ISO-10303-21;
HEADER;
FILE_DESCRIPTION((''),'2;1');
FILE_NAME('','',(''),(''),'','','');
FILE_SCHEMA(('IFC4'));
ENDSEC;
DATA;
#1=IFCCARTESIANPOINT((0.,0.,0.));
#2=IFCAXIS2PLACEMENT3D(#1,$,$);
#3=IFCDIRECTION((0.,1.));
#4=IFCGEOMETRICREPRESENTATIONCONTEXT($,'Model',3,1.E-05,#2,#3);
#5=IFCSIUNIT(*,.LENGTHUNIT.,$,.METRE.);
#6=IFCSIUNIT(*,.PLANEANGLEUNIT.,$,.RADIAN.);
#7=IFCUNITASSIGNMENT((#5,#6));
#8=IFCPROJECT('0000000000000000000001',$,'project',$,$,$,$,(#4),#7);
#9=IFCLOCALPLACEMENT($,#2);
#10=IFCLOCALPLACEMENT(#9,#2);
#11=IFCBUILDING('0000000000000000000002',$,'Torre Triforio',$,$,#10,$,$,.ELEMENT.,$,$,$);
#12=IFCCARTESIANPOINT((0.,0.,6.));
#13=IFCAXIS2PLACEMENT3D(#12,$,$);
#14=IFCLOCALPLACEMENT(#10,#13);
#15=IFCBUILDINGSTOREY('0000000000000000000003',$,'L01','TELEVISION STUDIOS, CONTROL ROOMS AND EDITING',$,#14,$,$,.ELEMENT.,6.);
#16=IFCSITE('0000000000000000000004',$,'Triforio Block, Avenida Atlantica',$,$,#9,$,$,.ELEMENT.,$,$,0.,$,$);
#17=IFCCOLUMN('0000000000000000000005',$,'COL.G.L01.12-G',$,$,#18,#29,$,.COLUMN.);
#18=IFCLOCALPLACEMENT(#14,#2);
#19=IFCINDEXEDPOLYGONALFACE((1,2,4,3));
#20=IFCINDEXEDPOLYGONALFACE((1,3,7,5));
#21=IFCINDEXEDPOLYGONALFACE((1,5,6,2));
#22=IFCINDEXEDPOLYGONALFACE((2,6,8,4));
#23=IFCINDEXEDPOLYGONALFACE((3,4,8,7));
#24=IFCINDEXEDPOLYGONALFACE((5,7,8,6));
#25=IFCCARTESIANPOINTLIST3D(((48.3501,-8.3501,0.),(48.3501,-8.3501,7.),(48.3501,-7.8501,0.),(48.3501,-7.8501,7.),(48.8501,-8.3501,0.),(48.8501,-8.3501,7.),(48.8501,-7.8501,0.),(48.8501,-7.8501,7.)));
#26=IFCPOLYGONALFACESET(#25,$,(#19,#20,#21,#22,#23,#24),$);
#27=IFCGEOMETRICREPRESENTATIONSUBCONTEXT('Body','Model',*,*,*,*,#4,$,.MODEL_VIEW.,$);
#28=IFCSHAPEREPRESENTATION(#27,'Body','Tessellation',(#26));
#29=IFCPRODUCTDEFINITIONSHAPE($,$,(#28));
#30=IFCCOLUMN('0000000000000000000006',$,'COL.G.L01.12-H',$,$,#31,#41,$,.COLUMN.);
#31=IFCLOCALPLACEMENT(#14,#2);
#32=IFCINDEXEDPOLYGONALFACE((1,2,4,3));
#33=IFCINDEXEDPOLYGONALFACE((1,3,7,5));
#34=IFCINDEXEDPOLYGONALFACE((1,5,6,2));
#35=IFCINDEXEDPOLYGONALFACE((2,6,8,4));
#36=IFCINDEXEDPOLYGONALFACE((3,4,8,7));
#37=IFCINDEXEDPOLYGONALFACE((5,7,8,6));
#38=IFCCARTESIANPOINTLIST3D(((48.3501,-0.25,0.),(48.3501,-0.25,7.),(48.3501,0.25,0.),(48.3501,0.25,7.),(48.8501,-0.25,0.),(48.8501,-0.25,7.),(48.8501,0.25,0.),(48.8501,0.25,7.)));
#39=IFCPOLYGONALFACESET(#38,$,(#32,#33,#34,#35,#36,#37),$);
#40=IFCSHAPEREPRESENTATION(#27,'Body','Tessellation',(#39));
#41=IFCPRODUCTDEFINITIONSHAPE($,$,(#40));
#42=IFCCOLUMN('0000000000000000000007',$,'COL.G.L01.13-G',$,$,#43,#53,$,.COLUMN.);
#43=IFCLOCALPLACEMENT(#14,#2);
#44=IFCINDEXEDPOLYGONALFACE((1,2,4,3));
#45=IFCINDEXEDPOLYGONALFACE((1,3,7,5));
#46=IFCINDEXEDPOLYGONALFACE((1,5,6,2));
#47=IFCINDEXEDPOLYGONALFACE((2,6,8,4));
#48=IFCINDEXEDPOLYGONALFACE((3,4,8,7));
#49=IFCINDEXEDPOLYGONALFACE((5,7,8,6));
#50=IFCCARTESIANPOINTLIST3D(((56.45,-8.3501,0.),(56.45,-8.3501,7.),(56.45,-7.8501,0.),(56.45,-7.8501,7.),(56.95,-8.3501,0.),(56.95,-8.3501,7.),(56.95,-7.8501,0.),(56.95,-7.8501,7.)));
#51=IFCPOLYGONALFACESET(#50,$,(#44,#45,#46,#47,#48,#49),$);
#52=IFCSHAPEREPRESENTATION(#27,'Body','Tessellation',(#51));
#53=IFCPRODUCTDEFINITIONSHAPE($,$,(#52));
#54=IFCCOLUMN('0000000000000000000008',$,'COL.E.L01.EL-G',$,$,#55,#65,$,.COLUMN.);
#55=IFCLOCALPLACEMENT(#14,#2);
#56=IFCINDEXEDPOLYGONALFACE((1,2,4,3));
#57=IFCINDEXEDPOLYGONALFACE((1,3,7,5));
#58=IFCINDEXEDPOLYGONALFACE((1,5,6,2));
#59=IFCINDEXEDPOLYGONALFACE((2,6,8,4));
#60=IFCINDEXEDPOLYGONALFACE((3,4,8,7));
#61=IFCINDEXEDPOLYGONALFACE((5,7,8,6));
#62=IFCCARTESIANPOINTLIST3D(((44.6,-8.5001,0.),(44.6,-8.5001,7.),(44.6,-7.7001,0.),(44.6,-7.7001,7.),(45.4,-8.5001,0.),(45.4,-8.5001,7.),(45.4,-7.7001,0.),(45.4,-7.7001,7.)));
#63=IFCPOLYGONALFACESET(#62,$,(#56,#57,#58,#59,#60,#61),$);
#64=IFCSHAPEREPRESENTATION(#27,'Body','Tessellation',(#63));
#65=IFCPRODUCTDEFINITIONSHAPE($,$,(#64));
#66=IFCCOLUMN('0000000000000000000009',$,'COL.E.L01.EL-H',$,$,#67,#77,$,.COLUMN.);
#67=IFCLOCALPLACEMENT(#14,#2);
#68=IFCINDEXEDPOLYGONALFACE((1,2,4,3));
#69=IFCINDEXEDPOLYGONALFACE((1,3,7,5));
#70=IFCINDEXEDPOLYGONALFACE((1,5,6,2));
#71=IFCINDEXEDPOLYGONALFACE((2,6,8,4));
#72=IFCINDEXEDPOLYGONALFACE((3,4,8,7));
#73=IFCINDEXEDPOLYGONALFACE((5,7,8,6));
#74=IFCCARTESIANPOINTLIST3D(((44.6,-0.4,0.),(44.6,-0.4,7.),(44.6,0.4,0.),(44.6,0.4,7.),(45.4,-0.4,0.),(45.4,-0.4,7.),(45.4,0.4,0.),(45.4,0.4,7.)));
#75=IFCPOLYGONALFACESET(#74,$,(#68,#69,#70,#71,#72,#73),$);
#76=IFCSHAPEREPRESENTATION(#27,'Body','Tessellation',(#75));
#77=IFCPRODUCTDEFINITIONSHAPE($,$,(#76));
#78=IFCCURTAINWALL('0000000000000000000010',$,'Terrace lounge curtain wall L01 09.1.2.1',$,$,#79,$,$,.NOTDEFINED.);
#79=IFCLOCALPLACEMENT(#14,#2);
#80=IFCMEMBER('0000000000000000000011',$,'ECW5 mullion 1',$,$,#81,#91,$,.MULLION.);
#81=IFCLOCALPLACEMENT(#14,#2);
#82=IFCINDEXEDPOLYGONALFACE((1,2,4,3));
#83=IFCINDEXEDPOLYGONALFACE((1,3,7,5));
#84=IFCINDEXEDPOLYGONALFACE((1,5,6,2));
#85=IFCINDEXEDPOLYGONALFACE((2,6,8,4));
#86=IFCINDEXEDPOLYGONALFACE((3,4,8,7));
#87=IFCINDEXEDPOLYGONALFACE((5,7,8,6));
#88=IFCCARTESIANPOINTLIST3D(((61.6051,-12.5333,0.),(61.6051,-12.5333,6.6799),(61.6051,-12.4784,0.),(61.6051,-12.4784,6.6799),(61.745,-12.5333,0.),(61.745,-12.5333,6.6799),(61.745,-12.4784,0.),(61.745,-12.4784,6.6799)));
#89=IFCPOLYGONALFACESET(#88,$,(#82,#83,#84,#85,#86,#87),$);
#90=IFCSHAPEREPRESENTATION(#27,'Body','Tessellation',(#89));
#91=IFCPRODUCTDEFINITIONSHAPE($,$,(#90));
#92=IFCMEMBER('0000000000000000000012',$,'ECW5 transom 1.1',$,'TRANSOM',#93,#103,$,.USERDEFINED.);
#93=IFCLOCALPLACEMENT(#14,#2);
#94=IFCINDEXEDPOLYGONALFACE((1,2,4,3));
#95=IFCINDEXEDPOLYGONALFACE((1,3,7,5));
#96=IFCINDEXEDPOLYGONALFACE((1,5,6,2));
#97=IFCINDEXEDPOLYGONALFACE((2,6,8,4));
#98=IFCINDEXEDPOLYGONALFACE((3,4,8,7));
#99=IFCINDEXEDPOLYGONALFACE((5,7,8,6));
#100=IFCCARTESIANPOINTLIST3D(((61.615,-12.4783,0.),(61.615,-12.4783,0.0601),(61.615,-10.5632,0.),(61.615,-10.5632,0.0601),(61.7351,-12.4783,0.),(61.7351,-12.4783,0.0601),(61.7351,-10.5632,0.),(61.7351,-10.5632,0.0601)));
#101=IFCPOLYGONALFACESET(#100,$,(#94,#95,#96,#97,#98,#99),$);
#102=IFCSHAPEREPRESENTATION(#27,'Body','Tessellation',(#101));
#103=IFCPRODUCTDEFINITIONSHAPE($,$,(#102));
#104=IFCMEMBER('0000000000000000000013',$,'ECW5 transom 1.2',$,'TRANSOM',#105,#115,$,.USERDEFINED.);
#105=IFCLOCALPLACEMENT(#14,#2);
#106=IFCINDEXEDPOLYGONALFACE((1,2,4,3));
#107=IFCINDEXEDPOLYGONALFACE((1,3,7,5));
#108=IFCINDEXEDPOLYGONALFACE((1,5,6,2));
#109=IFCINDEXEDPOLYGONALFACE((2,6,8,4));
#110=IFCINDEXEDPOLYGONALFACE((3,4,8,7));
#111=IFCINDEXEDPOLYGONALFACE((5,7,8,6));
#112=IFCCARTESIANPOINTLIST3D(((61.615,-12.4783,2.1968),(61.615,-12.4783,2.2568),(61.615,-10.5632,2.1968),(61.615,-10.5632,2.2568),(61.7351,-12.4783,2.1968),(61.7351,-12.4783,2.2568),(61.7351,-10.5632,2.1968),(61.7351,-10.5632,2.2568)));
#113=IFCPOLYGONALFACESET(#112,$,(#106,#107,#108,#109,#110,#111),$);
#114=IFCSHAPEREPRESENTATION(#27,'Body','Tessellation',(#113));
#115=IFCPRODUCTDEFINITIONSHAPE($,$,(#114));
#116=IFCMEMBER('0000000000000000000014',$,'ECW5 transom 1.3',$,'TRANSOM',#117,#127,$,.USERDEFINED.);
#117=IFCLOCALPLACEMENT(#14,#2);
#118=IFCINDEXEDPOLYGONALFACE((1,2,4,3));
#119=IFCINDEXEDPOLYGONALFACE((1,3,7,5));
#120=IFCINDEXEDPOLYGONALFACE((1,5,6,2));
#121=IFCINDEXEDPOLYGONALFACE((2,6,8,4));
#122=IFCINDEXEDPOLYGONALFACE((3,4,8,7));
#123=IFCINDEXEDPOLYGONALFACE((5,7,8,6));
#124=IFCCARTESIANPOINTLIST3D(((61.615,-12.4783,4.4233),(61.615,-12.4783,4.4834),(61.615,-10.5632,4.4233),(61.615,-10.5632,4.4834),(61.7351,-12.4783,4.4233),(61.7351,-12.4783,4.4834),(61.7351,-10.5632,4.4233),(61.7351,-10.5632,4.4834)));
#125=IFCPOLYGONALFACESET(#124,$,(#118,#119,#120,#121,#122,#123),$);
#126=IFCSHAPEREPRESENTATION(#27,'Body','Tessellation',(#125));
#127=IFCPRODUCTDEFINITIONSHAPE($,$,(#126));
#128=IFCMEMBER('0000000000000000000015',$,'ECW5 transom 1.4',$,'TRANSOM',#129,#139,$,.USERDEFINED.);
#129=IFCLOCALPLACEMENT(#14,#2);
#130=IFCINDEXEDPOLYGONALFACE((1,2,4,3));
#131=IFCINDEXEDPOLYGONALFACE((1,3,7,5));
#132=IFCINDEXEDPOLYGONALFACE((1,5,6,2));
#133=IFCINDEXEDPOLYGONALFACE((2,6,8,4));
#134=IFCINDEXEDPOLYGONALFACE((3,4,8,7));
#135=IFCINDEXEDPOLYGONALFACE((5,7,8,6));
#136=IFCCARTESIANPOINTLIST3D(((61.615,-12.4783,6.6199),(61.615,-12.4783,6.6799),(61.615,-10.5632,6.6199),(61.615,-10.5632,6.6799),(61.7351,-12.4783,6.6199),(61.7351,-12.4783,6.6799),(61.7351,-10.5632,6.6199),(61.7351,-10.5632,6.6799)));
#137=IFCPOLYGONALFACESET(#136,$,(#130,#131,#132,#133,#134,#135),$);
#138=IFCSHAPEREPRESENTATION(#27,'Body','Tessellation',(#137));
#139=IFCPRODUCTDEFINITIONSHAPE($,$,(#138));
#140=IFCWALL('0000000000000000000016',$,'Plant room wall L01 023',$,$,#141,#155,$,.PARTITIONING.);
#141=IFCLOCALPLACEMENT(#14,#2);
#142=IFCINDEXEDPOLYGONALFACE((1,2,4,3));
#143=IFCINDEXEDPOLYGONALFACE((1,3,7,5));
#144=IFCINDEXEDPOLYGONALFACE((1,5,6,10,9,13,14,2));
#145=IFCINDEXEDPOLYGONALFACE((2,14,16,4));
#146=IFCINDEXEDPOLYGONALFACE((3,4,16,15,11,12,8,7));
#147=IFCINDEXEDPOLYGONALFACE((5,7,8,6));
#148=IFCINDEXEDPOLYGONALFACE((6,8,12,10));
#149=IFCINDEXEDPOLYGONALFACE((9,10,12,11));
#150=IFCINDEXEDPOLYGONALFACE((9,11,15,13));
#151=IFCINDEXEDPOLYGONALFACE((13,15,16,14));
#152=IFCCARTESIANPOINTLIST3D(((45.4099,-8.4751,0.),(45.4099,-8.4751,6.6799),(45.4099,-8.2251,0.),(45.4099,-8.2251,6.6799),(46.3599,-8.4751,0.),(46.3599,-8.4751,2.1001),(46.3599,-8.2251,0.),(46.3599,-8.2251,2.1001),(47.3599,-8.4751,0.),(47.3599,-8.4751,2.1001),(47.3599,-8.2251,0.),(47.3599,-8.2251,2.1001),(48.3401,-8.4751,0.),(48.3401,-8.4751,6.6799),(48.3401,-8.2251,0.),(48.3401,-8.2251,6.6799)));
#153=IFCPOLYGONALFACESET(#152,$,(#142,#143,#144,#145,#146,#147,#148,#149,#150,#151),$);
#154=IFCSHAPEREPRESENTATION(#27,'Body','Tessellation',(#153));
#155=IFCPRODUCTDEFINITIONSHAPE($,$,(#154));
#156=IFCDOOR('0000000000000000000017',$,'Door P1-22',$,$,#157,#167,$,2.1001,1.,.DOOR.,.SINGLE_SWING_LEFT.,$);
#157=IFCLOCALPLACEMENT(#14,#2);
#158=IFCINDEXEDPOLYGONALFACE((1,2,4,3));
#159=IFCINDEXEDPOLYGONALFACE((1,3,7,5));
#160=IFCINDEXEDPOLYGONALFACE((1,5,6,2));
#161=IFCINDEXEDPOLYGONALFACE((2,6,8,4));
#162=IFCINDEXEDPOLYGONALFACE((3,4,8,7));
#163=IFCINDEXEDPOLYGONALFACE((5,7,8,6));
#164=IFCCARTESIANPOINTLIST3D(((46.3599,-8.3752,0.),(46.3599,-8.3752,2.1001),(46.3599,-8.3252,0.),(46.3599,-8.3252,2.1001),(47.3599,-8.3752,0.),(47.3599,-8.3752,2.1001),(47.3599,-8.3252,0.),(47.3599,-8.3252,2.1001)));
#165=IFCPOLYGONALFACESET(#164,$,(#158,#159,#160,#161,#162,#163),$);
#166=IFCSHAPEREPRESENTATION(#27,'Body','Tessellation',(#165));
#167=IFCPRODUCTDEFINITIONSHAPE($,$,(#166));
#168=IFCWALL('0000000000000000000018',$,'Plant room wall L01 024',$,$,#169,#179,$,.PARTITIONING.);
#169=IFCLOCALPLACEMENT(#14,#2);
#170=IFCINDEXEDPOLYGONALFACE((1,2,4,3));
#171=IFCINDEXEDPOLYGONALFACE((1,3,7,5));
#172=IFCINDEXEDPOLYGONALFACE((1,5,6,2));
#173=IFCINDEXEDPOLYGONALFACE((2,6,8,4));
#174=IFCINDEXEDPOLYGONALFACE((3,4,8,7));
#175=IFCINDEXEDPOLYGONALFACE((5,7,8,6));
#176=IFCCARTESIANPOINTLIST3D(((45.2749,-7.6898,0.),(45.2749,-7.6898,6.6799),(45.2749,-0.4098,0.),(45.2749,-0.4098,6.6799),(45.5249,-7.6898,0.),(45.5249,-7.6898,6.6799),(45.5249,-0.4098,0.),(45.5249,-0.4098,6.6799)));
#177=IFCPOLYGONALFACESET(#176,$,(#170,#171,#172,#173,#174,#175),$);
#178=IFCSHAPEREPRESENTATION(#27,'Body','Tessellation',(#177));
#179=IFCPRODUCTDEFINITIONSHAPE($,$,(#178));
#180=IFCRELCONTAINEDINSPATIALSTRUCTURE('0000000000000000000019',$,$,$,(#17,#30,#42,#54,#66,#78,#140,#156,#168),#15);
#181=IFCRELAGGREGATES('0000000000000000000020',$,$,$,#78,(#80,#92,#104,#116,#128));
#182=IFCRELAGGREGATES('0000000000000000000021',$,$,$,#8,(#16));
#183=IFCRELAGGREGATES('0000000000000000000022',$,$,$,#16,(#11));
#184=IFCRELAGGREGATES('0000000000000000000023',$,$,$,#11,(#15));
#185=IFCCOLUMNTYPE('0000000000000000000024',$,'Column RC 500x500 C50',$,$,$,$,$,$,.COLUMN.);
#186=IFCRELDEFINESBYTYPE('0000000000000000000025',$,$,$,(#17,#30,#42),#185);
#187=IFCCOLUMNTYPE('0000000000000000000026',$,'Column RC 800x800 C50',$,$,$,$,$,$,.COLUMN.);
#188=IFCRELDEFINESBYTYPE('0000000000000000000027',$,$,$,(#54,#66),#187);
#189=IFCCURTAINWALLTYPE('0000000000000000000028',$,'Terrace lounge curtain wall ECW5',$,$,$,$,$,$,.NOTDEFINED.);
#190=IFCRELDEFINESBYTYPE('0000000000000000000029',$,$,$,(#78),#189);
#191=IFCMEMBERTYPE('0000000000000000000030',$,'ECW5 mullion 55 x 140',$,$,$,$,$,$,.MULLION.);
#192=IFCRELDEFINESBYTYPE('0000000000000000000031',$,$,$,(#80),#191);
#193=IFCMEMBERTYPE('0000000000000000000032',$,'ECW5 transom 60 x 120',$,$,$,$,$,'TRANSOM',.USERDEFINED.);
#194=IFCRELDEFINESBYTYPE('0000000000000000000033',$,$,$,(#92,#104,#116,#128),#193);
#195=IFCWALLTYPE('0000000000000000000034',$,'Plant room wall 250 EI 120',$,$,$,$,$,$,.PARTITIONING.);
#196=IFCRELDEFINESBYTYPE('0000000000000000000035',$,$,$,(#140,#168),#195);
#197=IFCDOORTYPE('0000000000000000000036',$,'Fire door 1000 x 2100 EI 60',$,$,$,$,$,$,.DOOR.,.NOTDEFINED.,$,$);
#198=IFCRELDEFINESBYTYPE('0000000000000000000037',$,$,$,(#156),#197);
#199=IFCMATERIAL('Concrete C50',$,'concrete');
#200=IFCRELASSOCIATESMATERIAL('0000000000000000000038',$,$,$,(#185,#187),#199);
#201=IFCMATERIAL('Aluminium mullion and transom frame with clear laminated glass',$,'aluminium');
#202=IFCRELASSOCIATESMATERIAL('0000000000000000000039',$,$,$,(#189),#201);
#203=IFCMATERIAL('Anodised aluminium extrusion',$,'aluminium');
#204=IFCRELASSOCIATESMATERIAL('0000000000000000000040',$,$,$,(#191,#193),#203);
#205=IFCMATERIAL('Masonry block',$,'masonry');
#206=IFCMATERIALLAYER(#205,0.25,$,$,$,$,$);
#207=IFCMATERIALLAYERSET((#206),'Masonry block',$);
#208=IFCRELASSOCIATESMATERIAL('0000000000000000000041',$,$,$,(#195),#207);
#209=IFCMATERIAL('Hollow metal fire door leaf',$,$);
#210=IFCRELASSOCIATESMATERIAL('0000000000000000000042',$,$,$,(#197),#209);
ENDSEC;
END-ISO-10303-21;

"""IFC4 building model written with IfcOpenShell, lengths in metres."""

from ifc_helpers import new_model, si_unit, direction, frame, frame_2d, origin, origin_2d, place, context, subcontext, project, spatial, rectangle, extrude, material, layer, layer_set, material_profile, profile_set, type_object, element, fill, aggregate, save


model = new_model("IFC4")

# Units and contexts
model_context = context("Model", 3, precision=1e-05, world=origin(), true_north=direction((0.0, 1.0)))
body_context = subcontext(model_context, "Body", "Model", "MODEL_VIEW")
ifc_project = project(units=[si_unit("LENGTHUNIT", "METRE"), si_unit("PLANEANGLEUNIT", "RADIAN")], contexts=[model_context])

# Site, building, storey
site_placement = place(None, origin())
site = spatial("IfcSite", under=ifc_project, at=site_placement, Name="Triforio Block, Avenida Atlantica", CompositionType="ELEMENT", RefElevation=0.0)
building_placement = place(site_placement, origin())
building = spatial("IfcBuilding", under=site, at=building_placement, Name="Torre Triforio", CompositionType="ELEMENT")
storey_placement = place(building_placement, frame((0.0, 0.0, 6.0)))
storey = spatial("IfcBuildingStorey", under=building, at=storey_placement, Name="L01", Description="TELEVISION STUDIOS, CONTROL ROOMS AND EDITING", CompositionType="ELEMENT", Elevation=6.0)

# Columns
ifc_material_1 = material(Name="Concrete C50", Category="concrete")
ifc_material_profile_1 = material_profile(ifc_material_1, rectangle(XDim=0.5, YDim=0.5, at=origin_2d()), Name="RC 500x500")
ifc_profile_set_1 = profile_set([ifc_material_profile_1], Name="Concrete C50")
column_type_1 = type_object("IfcColumnType", Name="Column RC 500x500 C50", PredefinedType="COLUMN", material=ifc_profile_set_1)
for number, where, z_axis, x_axis, name in (
    (1, (48.6001, -8.1001, 0.0), (0.0, 0.0, 1.0), (1.0, 0.0, 0.0), "COL.G.L01.12-G"),
    (2, (48.6001, 0.0, 0.0), (0.0, 0.0, 1.0), (1.0, 0.0, 0.0), "COL.G.L01.12-H"),
    (3, (56.7, -8.1001, 0.0), (0.0, 0.0, 1.0), (1.0, 0.0, 0.0), "COL.G.L01.13-G"),
):
    element("IfcColumn", number, at=place(storey_placement, frame(where, z_axis=z_axis, x_axis=x_axis)), inside=storey, type_object=column_type_1, Name=name, PredefinedType="COLUMN", context=body_context, shape_type="SweptSolid", body=[
        extrude(rectangle(XDim=0.5, YDim=0.5, at=origin_2d()), origin(), (0.0, 0.0, 1.0), 7.0),
    ])
ifc_material_profile_2 = material_profile(ifc_material_1, rectangle(XDim=0.8, YDim=0.8, at=origin_2d()), Name="RC 800x800")
ifc_profile_set_2 = profile_set([ifc_material_profile_2], Name="Concrete C50")
column_type_2 = type_object("IfcColumnType", Name="Column RC 800x800 C50", PredefinedType="COLUMN", material=ifc_profile_set_2)
for number, where, z_axis, x_axis, name in (
    (4, (45.0, -8.1001, 0.0), (0.0, 0.0, 1.0), (1.0, 0.0, 0.0), "COL.E.L01.EL-G"),
    (5, (45.0, 0.0, 0.0), (0.0, 0.0, 1.0), (1.0, 0.0, 0.0), "COL.E.L01.EL-H"),
):
    element("IfcColumn", number, at=place(storey_placement, frame(where, z_axis=z_axis, x_axis=x_axis)), inside=storey, type_object=column_type_2, Name=name, PredefinedType="COLUMN", context=body_context, shape_type="SweptSolid", body=[
        extrude(rectangle(XDim=0.8, YDim=0.8, at=origin_2d()), origin(), (0.0, 0.0, 1.0), 7.0),
    ])

# Curtain wall, members
ifc_material_2 = material(Name="Aluminium mullion and transom frame with clear laminated glass", Category="aluminium")
curtain_wall_type = type_object("IfcCurtainWallType", Name="Terrace lounge curtain wall ECW5", PredefinedType="NOTDEFINED", material=ifc_material_2)
curtain_wall_placement = place(storey_placement, origin())
curtain_wall = element("IfcCurtainWall", 6, at=curtain_wall_placement, inside=storey, type_object=curtain_wall_type, Name="Terrace lounge curtain wall L01 09.1.2.1", PredefinedType="NOTDEFINED")
ifc_material_3 = material(Name="Anodised aluminium extrusion", Category="aluminium")
ifc_material_profile_3 = material_profile(ifc_material_3, rectangle(XDim=0.1399, YDim=0.0549, at=origin_2d()), Name="ECW5 MULLION 55x140")
ifc_profile_set_3 = profile_set([ifc_material_profile_3], Name="Anodised aluminium extrusion")
member_type_1 = type_object("IfcMemberType", Name="ECW5 mullion 55 x 140", PredefinedType="MULLION", material=ifc_profile_set_3)
member_1_placement = place(storey_placement, frame((61.675, -12.5059, 0.0), z_axis=(0.0, 0.0, 1.0), x_axis=(-1.0, 0.0, 0.0)))
member_1 = element("IfcMember", 7, at=member_1_placement, type_object=member_type_1, Name="ECW5 mullion 1", PredefinedType="MULLION", context=body_context, shape_type="SweptSolid", body=[
    extrude(rectangle(XDim=0.1399, YDim=0.0549, at=origin_2d()), origin(), (0.0, 0.0, 1.0), 6.6799),
])
ifc_material_profile_4 = material_profile(ifc_material_3, rectangle(XDim=0.1201, YDim=0.0601, at=origin_2d()), Name="ECW5 TRANSOM 60x120")
ifc_profile_set_4 = profile_set([ifc_material_profile_4], Name="Anodised aluminium extrusion")
member_type_2 = type_object("IfcMemberType", Name="ECW5 transom 60 x 120", ElementType="TRANSOM", PredefinedType="USERDEFINED", material=ifc_profile_set_4)
member_2_placement = place(storey_placement, frame((61.675, -12.4783, 0.03), z_axis=(0.0, 1.0, 0.0), x_axis=(-1.0, 0.0, 0.0)))
member_2 = element("IfcMember", 8, at=member_2_placement, type_object=member_type_2, Name="ECW5 transom 1.1", ObjectType="TRANSOM", PredefinedType="USERDEFINED", context=body_context, shape_type="SweptSolid", body=[
    extrude(rectangle(XDim=0.1201, YDim=0.0601, at=origin_2d()), origin(), (0.0, 0.0, 1.0), 1.915),
])
member_3_placement = place(storey_placement, frame((61.675, -12.4783, 2.2268), z_axis=(0.0, 1.0, 0.0), x_axis=(-1.0, 0.0, 0.0)))
member_3 = element("IfcMember", 9, at=member_3_placement, type_object=member_type_2, Name="ECW5 transom 1.2", ObjectType="TRANSOM", PredefinedType="USERDEFINED", context=body_context, shape_type="SweptSolid", body=[
    extrude(rectangle(XDim=0.1201, YDim=0.0601, at=origin_2d()), origin(), (0.0, 0.0, 1.0), 1.915),
])
member_4_placement = place(storey_placement, frame((61.675, -12.4783, 4.4534), z_axis=(0.0, 1.0, 0.0), x_axis=(-1.0, 0.0, 0.0)))
member_4 = element("IfcMember", 10, at=member_4_placement, type_object=member_type_2, Name="ECW5 transom 1.3", ObjectType="TRANSOM", PredefinedType="USERDEFINED", context=body_context, shape_type="SweptSolid", body=[
    extrude(rectangle(XDim=0.1201, YDim=0.0601, at=origin_2d()), origin(), (0.0, 0.0, 1.0), 1.915),
])
member_5_placement = place(storey_placement, frame((61.675, -12.4783, 6.6499), z_axis=(0.0, 1.0, 0.0), x_axis=(-1.0, 0.0, 0.0)))
member_5 = element("IfcMember", 11, at=member_5_placement, type_object=member_type_2, Name="ECW5 transom 1.4", ObjectType="TRANSOM", PredefinedType="USERDEFINED", context=body_context, shape_type="SweptSolid", body=[
    extrude(rectangle(XDim=0.1201, YDim=0.0601, at=origin_2d()), origin(), (0.0, 0.0, 1.0), 1.915),
])
aggregate(curtain_wall, [member_1, member_2, member_3, member_4, member_5])

# Wall, opening, door
ifc_material_4 = material(Name="Masonry block", Category="masonry")
ifc_layer_1 = layer(ifc_material_4, 0.25)
ifc_layer_set_1 = layer_set([ifc_layer_1], Name="Masonry block")
wall_type_1 = type_object("IfcWallType", Name="Plant room wall 250 EI 120", PredefinedType="PARTITIONING", material=ifc_layer_set_1)
wall_1_placement = place(storey_placement, frame((45.4099, -8.3501, 0.0), z_axis=(0.0, 0.0, 1.0), x_axis=(1.0, 0.0, 0.0)))
wall_1 = element("IfcWall", 12, at=wall_1_placement, inside=storey, type_object=wall_type_1, Name="Plant room wall L01 023", PredefinedType="PARTITIONING", context=body_context, shape_type="SweptSolid", body=[
    extrude(rectangle(XDim=2.9302, YDim=0.25, at=frame_2d((1.4651, 0.0))), origin(), (0.0, 0.0, 1.0), 6.6799),
])
opening_1_placement = place(wall_1_placement, frame((0.95, 0.0, 0.0)))
opening_1 = element("IfcOpeningElement", 13, at=opening_1_placement, cuts=wall_1, PredefinedType="OPENING", context=body_context, shape_type="SweptSolid", body=[
    extrude(rectangle(XDim=1.0, YDim=2.1001, at=frame_2d((0.5, 1.05))), frame((0.0, 0.135, 0.0), z_axis=(0.0, -1.0, 0.0), x_axis=(1.0, 0.0, 0.0)), (0.0, 0.0, 1.0), 0.27),
])
ifc_material_5 = material(Name="Hollow metal fire door leaf")
door_type_1 = type_object("IfcDoorType", Name="Fire door 1000 x 2100 EI 60", OperationType="NOTDEFINED", PredefinedType="DOOR", material=ifc_material_5)
door_1_placement = place(opening_1_placement, origin())
door_1 = element("IfcDoor", 14, at=door_1_placement, inside=storey, type_object=door_type_1, Name="Door P1-22", OperationType="SINGLE_SWING_LEFT", OverallHeight=2.1001, OverallWidth=1.0, PredefinedType="DOOR", context=body_context, shape_type="SweptSolid", body=[
    extrude(rectangle(XDim=1.0, YDim=2.1001, at=frame_2d((0.5, 1.05))), frame((0.0, 0.0249, 0.0), z_axis=(0.0, -1.0, 0.0), x_axis=(1.0, 0.0, 0.0)), (0.0, 0.0, 1.0), 0.05),
])
fill(opening_1, door_1)

# Wall
wall_2_placement = place(storey_placement, frame((45.3999, -7.6899, 0.0), z_axis=(0.0, 0.0, 1.0), x_axis=(0.0, 1.0, 0.0)))
element("IfcWall", 15, at=wall_2_placement, inside=storey, type_object=wall_type_1, Name="Plant room wall L01 024", PredefinedType="PARTITIONING", context=body_context, shape_type="SweptSolid", body=[
    extrude(rectangle(XDim=7.28, YDim=0.25, at=frame_2d((3.6401, 0.0))), origin(), (0.0, 0.0, 1.0), 6.6799),
])

save(model, "model.ifc")
